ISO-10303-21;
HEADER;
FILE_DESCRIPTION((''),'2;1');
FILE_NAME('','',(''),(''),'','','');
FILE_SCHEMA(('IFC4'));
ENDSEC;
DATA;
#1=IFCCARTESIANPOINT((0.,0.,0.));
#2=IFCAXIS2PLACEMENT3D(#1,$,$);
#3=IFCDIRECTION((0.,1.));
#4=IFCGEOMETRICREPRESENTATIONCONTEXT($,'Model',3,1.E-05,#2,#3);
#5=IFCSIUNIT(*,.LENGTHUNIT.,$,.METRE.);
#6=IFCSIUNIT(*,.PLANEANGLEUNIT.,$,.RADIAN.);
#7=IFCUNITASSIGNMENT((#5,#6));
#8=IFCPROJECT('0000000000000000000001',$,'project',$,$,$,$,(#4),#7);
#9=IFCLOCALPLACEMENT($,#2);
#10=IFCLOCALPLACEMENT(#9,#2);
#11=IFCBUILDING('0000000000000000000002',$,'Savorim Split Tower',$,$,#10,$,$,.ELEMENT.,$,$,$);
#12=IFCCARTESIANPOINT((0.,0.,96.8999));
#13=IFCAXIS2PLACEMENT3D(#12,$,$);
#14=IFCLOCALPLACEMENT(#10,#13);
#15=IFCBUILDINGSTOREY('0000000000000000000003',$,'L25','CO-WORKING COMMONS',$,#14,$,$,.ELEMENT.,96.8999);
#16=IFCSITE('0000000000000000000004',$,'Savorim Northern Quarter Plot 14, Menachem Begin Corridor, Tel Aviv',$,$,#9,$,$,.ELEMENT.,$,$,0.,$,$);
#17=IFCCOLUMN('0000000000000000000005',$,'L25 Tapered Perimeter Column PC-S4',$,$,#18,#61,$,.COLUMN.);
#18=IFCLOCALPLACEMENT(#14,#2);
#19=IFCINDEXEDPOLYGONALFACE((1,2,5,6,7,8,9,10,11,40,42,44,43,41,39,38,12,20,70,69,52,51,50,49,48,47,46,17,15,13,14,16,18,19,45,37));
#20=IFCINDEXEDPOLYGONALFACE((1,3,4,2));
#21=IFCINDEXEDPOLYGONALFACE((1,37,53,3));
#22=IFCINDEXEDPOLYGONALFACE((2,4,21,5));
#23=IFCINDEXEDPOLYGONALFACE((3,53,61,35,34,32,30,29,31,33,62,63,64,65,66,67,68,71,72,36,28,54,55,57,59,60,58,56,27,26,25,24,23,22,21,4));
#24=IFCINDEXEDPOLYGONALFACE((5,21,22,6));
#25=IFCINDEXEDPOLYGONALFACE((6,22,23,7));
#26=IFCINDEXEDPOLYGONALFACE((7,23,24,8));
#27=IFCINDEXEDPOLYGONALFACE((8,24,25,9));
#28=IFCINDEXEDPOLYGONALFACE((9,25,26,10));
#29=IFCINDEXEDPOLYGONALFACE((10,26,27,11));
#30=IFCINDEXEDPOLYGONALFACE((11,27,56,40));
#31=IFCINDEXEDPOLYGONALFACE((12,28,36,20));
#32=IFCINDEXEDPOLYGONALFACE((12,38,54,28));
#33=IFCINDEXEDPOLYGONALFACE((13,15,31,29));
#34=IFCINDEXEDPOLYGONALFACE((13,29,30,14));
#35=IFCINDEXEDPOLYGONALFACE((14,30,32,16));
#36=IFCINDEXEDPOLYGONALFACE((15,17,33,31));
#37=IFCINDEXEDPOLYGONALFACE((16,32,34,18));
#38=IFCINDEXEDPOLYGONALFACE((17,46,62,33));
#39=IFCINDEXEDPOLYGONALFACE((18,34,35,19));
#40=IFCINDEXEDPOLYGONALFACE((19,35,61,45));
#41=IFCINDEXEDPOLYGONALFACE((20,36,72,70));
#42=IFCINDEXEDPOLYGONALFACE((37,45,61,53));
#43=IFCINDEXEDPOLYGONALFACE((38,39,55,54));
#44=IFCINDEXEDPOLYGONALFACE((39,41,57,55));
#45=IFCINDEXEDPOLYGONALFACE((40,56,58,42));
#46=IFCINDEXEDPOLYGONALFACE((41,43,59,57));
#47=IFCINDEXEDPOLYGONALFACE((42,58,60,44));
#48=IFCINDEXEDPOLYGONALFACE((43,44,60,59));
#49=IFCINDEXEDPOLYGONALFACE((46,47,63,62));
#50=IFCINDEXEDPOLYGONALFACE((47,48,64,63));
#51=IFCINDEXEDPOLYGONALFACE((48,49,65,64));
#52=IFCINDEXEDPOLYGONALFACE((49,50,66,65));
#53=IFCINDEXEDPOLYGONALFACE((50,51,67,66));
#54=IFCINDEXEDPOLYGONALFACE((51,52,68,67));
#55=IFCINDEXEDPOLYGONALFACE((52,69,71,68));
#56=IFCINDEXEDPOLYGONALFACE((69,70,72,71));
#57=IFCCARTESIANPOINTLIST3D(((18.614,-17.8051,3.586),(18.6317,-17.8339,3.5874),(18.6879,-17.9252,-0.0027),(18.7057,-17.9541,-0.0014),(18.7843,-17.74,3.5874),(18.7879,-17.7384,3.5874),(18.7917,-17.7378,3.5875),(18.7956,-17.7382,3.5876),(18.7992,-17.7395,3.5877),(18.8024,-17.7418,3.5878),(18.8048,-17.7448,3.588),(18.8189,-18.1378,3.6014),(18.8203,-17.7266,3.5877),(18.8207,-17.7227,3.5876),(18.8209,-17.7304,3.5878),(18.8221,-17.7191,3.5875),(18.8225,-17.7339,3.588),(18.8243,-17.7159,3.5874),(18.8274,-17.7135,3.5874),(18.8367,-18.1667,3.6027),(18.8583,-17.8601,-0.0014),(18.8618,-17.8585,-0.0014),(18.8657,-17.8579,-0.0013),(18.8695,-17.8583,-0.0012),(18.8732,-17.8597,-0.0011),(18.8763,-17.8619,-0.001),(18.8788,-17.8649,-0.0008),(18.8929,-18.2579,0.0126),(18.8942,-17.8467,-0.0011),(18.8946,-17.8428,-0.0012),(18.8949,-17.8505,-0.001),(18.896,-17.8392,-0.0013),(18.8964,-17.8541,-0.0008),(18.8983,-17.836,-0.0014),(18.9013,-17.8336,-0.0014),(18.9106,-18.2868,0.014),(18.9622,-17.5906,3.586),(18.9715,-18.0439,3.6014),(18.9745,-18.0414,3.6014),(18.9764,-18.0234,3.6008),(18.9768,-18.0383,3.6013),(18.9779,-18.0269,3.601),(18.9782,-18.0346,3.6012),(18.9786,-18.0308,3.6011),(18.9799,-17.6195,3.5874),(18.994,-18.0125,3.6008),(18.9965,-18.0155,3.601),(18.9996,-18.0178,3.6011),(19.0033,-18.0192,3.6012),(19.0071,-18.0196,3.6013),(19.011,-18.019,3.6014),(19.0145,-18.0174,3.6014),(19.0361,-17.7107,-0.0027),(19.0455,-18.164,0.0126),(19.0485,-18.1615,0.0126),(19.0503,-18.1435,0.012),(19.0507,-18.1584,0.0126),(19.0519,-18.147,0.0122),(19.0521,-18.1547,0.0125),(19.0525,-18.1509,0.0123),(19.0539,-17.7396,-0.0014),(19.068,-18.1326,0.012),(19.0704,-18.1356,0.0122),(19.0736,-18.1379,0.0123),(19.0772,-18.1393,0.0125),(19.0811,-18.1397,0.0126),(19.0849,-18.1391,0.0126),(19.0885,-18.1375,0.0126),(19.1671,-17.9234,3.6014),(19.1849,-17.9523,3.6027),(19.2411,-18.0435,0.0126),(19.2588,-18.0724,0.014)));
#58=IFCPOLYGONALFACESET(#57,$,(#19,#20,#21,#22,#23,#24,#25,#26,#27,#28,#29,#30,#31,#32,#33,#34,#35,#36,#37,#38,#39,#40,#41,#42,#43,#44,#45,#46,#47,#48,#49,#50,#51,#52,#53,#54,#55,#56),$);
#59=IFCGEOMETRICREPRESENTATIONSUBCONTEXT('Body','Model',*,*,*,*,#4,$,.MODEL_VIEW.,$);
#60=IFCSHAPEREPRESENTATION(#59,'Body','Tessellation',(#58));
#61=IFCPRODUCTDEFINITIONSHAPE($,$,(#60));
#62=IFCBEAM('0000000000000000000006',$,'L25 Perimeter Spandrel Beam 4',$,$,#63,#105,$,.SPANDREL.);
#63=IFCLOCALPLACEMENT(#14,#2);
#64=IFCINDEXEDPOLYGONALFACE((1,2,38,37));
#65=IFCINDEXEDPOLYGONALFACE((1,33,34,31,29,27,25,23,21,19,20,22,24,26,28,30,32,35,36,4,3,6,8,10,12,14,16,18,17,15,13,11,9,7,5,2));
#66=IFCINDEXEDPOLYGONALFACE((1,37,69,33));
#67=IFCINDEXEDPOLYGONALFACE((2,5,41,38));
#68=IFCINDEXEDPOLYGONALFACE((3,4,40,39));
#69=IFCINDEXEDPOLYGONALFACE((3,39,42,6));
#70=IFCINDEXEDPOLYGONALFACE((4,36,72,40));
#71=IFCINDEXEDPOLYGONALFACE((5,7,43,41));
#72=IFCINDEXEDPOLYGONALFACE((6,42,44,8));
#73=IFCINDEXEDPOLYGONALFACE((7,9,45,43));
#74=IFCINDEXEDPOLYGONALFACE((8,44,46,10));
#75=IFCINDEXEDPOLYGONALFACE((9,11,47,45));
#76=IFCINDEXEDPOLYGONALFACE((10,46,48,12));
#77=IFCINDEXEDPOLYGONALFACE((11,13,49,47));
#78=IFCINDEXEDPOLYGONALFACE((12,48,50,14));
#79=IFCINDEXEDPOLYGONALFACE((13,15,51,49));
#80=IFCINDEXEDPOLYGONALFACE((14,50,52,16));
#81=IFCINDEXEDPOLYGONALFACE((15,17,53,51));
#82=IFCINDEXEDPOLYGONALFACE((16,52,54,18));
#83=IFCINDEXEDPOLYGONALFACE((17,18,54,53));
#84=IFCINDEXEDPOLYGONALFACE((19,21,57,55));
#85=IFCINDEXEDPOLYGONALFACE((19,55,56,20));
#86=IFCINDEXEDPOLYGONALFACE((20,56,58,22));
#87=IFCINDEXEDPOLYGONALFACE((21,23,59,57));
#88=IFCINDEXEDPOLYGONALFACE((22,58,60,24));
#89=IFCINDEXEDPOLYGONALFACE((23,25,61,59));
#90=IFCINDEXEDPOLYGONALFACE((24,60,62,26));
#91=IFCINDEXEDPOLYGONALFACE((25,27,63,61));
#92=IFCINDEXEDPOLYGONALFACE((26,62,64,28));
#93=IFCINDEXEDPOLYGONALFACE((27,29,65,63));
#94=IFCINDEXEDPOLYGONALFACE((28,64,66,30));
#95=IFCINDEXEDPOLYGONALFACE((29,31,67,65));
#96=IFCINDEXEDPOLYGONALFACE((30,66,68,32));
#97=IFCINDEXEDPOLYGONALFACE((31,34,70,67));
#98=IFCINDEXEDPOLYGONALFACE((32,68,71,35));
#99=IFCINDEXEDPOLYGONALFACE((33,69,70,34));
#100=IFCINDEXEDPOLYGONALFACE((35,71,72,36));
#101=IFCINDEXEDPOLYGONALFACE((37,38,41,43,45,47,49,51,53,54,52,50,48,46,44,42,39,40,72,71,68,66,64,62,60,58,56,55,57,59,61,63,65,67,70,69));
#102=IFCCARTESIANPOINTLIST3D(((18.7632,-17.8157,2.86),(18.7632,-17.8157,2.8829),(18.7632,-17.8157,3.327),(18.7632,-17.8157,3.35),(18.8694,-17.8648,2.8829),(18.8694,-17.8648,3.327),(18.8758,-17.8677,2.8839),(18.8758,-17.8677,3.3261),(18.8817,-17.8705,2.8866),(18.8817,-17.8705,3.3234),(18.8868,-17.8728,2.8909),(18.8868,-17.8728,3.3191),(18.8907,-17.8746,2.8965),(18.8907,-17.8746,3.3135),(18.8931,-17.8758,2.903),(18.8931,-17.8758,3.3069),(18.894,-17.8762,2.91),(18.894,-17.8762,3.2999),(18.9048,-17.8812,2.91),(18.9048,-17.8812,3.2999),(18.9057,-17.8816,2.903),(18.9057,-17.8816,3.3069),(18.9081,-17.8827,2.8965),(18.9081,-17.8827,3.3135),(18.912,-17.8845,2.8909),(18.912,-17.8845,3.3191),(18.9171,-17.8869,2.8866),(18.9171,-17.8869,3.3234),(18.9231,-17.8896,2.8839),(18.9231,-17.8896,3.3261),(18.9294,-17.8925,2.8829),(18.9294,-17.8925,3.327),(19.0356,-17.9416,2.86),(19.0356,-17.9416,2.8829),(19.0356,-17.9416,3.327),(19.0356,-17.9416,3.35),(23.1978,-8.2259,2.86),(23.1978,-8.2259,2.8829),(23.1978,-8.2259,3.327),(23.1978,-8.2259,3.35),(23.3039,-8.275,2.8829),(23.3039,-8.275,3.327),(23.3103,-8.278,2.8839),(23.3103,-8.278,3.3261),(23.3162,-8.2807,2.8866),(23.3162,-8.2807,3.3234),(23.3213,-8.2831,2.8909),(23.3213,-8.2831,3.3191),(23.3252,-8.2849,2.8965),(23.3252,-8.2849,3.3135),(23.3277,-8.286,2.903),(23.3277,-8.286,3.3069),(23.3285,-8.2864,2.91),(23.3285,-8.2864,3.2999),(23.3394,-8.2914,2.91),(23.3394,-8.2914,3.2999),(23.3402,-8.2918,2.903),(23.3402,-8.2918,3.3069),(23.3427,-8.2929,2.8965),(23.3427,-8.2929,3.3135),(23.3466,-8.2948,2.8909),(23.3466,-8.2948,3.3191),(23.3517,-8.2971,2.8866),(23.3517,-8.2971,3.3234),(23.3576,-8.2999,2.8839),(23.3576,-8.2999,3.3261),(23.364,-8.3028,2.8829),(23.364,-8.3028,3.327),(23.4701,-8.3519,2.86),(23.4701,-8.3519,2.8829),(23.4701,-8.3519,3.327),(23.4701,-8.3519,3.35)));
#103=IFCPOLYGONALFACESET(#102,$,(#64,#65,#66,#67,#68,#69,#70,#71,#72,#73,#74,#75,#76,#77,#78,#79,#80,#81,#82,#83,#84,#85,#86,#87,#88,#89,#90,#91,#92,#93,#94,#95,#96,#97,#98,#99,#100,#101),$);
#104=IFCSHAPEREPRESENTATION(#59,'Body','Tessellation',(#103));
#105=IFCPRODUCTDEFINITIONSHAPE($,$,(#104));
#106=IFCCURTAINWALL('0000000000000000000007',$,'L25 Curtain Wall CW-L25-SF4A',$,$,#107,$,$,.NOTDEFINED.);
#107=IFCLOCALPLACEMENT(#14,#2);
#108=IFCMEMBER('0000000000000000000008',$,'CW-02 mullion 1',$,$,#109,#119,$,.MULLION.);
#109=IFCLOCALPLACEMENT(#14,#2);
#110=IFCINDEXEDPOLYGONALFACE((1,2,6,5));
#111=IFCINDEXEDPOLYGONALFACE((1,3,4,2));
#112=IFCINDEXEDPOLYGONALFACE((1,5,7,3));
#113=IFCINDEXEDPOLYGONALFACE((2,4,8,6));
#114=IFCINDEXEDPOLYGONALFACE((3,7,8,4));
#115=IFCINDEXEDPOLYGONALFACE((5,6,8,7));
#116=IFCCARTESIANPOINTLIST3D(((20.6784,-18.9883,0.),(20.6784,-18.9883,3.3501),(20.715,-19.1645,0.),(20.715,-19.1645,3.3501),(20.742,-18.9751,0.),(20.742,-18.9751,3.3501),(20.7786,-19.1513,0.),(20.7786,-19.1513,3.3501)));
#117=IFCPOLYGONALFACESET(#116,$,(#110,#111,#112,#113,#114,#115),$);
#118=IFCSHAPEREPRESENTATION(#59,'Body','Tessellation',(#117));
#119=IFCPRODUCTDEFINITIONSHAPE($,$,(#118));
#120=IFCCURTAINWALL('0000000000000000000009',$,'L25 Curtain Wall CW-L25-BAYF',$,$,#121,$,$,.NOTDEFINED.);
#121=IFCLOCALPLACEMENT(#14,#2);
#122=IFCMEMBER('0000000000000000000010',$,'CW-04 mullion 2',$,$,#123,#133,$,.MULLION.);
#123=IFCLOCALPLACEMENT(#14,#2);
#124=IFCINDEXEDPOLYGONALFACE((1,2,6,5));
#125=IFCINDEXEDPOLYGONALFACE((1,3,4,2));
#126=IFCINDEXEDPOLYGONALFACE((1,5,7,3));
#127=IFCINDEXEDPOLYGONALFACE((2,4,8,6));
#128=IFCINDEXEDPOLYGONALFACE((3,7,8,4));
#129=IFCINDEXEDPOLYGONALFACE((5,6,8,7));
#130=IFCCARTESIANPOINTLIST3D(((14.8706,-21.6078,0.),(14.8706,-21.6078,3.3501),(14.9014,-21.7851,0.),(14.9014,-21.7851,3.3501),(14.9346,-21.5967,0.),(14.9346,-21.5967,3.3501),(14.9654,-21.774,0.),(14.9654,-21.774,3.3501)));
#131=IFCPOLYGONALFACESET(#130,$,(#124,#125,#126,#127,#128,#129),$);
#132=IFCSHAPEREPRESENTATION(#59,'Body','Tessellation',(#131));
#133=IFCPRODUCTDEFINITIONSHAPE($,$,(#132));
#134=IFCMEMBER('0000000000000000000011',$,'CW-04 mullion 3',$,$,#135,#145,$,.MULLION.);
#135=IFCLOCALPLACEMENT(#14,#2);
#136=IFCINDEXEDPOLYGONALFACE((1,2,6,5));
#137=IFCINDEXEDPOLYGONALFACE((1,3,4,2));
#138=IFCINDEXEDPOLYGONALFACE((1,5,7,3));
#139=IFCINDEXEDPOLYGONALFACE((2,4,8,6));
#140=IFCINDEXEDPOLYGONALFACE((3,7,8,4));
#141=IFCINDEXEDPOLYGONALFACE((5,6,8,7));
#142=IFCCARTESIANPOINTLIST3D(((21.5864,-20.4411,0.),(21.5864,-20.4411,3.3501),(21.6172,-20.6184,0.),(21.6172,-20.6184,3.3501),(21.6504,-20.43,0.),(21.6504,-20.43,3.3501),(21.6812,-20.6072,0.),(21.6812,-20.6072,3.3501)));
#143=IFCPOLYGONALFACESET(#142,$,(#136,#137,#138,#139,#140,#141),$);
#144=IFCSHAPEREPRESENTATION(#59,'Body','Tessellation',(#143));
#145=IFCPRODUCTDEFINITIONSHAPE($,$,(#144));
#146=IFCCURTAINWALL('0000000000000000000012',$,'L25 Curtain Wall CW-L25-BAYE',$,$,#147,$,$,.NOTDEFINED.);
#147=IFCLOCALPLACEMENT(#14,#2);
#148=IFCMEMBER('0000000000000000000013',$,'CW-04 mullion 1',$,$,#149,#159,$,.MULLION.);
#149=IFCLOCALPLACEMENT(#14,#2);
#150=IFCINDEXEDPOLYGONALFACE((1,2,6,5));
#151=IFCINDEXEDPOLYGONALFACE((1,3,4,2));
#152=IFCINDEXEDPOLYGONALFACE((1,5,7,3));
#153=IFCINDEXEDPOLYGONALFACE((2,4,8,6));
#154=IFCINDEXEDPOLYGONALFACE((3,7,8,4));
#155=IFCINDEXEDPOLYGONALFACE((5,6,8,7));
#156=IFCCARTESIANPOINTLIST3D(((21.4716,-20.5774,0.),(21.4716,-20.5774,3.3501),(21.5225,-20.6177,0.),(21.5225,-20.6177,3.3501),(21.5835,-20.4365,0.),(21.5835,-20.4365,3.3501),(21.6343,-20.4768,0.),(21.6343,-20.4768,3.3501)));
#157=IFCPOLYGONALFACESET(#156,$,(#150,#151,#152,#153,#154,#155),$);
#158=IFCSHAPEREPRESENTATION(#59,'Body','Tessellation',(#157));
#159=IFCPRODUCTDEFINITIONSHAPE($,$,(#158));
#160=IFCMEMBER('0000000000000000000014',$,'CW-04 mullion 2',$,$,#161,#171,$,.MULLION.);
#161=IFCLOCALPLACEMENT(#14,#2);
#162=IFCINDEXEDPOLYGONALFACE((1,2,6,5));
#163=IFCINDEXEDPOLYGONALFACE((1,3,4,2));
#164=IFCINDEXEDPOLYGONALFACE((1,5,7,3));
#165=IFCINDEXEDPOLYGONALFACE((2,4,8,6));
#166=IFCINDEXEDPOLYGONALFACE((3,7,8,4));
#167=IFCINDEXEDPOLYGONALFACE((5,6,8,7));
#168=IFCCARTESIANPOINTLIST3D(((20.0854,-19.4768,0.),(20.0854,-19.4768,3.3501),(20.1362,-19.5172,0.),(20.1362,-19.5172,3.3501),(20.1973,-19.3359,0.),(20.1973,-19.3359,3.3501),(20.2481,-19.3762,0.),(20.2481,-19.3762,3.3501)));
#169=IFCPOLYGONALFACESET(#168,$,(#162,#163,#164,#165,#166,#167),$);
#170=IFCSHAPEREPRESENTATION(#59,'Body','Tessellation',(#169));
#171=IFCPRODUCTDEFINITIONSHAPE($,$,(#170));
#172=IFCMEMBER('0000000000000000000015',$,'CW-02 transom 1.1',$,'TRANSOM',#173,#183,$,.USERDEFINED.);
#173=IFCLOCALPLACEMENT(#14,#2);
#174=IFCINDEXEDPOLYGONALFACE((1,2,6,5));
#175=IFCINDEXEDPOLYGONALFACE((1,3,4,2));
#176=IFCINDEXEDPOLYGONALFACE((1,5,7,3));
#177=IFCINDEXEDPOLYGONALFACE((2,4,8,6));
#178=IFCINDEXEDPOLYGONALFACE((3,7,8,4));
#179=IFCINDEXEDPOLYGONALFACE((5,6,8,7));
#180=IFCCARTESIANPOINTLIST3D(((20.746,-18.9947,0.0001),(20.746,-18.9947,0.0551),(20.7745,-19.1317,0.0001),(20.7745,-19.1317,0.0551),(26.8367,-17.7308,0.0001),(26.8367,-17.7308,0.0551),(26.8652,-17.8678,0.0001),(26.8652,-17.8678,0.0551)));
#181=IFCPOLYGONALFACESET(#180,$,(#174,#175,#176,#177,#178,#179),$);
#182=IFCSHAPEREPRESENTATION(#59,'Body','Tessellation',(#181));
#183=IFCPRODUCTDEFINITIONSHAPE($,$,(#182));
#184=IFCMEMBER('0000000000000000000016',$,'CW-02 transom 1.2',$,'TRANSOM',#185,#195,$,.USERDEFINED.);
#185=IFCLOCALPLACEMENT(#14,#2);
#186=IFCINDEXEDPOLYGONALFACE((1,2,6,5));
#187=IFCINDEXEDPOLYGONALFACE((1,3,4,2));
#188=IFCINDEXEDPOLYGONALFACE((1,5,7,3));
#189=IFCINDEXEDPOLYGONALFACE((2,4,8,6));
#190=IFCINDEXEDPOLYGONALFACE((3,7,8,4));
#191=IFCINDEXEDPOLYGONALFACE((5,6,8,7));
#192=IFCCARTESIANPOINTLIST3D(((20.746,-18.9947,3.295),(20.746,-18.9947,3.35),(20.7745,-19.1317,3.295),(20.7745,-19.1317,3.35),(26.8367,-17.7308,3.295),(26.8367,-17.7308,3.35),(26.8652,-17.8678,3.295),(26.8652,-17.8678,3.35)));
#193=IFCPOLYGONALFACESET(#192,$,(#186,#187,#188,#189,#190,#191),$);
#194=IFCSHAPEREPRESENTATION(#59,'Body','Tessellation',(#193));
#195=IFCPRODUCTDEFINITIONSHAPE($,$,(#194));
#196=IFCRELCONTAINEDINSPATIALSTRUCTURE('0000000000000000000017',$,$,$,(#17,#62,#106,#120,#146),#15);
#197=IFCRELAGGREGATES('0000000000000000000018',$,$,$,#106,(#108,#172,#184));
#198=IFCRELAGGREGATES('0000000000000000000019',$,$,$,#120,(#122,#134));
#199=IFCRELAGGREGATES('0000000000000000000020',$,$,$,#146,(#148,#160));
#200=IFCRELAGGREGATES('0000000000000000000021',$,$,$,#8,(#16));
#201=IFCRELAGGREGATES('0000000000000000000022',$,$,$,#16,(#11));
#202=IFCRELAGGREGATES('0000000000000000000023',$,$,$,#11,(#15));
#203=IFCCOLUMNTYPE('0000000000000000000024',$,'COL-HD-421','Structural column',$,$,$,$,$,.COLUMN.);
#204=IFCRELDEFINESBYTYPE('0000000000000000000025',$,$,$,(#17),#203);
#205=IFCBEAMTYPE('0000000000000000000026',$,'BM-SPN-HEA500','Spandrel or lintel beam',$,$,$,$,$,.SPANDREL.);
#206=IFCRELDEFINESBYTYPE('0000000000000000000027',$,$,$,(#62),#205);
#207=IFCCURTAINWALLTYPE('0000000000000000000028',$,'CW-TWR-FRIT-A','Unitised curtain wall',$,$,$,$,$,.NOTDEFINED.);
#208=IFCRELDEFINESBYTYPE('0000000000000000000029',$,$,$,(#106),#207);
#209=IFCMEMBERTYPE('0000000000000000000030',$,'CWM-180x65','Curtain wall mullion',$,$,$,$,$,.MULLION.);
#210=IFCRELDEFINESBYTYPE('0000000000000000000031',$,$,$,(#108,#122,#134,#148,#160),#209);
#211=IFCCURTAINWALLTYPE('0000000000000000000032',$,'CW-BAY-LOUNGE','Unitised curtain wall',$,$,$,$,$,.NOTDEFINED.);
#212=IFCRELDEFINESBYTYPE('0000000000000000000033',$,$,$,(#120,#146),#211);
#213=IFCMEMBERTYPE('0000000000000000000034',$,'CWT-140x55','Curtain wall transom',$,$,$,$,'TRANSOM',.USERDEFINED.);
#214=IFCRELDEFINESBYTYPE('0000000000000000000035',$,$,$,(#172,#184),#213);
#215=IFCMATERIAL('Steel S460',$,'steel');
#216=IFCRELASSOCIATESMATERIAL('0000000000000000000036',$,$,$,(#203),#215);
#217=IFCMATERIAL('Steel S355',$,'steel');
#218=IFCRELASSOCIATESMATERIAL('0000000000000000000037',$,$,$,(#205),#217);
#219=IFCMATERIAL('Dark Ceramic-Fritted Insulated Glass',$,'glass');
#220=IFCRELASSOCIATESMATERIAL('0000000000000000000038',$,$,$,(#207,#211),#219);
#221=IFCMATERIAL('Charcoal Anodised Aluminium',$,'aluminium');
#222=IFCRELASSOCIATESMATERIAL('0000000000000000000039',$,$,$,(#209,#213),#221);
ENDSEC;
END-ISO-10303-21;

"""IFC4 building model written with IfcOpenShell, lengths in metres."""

from ifc_helpers import new_model, si_unit, direction, frame, origin, origin_2d, place, context, subcontext, project, spatial, rectangle, i_section, extrude, material, material_profile, profile_set, type_object, element, aggregate, save


model = new_model("IFC4")

# Units and contexts
model_context = context("Model", 3, precision=1e-05, world=origin(), true_north=direction((0.0, 1.0)))
body_context = subcontext(model_context, "Body", "Model", "MODEL_VIEW")
ifc_project = project(units=[si_unit("LENGTHUNIT", "METRE"), si_unit("PLANEANGLEUNIT", "RADIAN")], contexts=[model_context])

# Site, building, storey
site_placement = place(None, origin())
site = spatial("IfcSite", under=ifc_project, at=site_placement, Name="Savorim Northern Quarter Plot 14, Menachem Begin Corridor, Tel Aviv", CompositionType="ELEMENT", RefElevation=0.0)
building_placement = place(site_placement, origin())
building = spatial("IfcBuilding", under=site, at=building_placement, Name="Savorim Split Tower", CompositionType="ELEMENT")
storey_placement = place(building_placement, frame((0.0, 0.0, 96.8999)))
storey = spatial("IfcBuildingStorey", under=building, at=storey_placement, Name="L25", Description="CO-WORKING COMMONS", CompositionType="ELEMENT", Elevation=96.8999)

# Column
ifc_material_1 = material(Name="Steel S460", Category="steel")
ifc_material_profile_1 = material_profile(ifc_material_1, i_section(OverallWidth=0.4089, OverallDepth=0.425, WebThickness=0.0208, FlangeThickness=0.0339, FilletRadius=0.0149, at=origin_2d()), Name="HD 400x421")
ifc_profile_set_1 = profile_set([ifc_material_profile_1], Name="Steel S460")
column_type = type_object("IfcColumnType", Name="COL-HD-421", Description="Structural column", PredefinedType="COLUMN", material=ifc_profile_set_1)
column_placement = place(storey_placement, frame((18.9734, -17.9988, 0.0056), z_axis=(-0.020596, 0.033444, 0.999228), x_axis=(-0.85148, -0.524387, 0.0)))
element("IfcColumn", 1, at=column_placement, inside=storey, type_object=column_type, Name="L25 Tapered Perimeter Column PC-S4", PredefinedType="COLUMN", context=body_context, shape_type="SweptSolid", body=[
    extrude(i_section(OverallWidth=0.4089, OverallDepth=0.425, WebThickness=0.0208, FlangeThickness=0.0339, FilletRadius=0.0149, at=origin_2d()), origin(), (0.0, 0.0, 1.0), 3.5916),
])

# Beam
ifc_material_2 = material(Name="Steel S355", Category="steel")
ifc_material_profile_2 = material_profile(ifc_material_2, i_section(OverallWidth=0.3, OverallDepth=0.49, WebThickness=0.012, FlangeThickness=0.0229, FilletRadius=0.0271, at=origin_2d()), Name="HEA 500")
ifc_profile_set_2 = profile_set([ifc_material_profile_2], Name="Steel S355")
beam_type = type_object("IfcBeamType", Name="BM-SPN-HEA500", Description="Spandrel or lintel beam", PredefinedType="SPANDREL", material=ifc_profile_set_2)
beam_placement = place(storey_placement, frame((18.8994, -17.8787, 3.105), z_axis=(0.41972, 0.907653, 0.0), x_axis=(-0.907653, 0.41972, 0.0)))
element("IfcBeam", 2, at=beam_placement, inside=storey, type_object=beam_type, Name="L25 Perimeter Spandrel Beam 4", PredefinedType="SPANDREL", context=body_context, shape_type="SweptSolid", body=[
    extrude(i_section(OverallWidth=0.3, OverallDepth=0.49, WebThickness=0.012, FlangeThickness=0.0229, FilletRadius=0.0271, at=origin_2d()), origin(), (0.0, 0.0, 1.0), 10.5654),
])

# Curtain wall, member
ifc_material_3 = material(Name="Dark Ceramic-Fritted Insulated Glass", Category="glass")
curtain_wall_type_1 = type_object("IfcCurtainWallType", Name="CW-TWR-FRIT-A", Description="Unitised curtain wall", PredefinedType="NOTDEFINED", material=ifc_material_3)
curtain_wall_1_placement = place(storey_placement, origin())
curtain_wall_1 = element("IfcCurtainWall", 3, at=curtain_wall_1_placement, inside=storey, type_object=curtain_wall_type_1, Name="L25 Curtain Wall CW-L25-SF4A", PredefinedType="NOTDEFINED")
ifc_material_4 = material(Name="Charcoal Anodised Aluminium", Category="aluminium")
ifc_material_profile_3 = material_profile(ifc_material_4, rectangle(XDim=0.1799, YDim=0.0649, at=origin_2d()), Name="ALU-M 180x65")
ifc_profile_set_3 = profile_set([ifc_material_profile_3], Name="Charcoal Anodised Aluminium")
member_type_1 = type_object("IfcMemberType", Name="CWM-180x65", Description="Curtain wall mullion", PredefinedType="MULLION", material=ifc_profile_set_3)
member_1_placement = place(storey_placement, frame((20.7285, -19.0698, 0.0), z_axis=(0.0, 0.0, 1.0), x_axis=(-0.203218, 0.979133, 0.0)))
member_1 = element("IfcMember", 4, at=member_1_placement, type_object=member_type_1, Name="CW-02 mullion 1", PredefinedType="MULLION", context=body_context, shape_type="SweptSolid", body=[
    extrude(rectangle(XDim=0.1799, YDim=0.0649, at=origin_2d()), origin(), (0.0, 0.0, 1.0), 3.3501),
])

# Curtain walls, members
curtain_wall_type_2 = type_object("IfcCurtainWallType", Name="CW-BAY-LOUNGE", Description="Unitised curtain wall", PredefinedType="NOTDEFINED", material=ifc_material_3)
curtain_wall_2_placement = place(storey_placement, origin())
curtain_wall_2 = element("IfcCurtainWall", 5, at=curtain_wall_2_placement, inside=storey, type_object=curtain_wall_type_2, Name="L25 Curtain Wall CW-L25-BAYF", PredefinedType="NOTDEFINED")
member_2_placement = place(storey_placement, frame((14.918, -21.6909, 0.0), z_axis=(0.0, 0.0, 1.0), x_axis=(-0.171191, 0.985238, 0.0)))
member_2 = element("IfcMember", 6, at=member_2_placement, type_object=member_type_1, Name="CW-04 mullion 2", PredefinedType="MULLION", context=body_context, shape_type="SweptSolid", body=[
    extrude(rectangle(XDim=0.1799, YDim=0.0649, at=origin_2d()), origin(), (0.0, 0.0, 1.0), 3.3501),
])
member_3_placement = place(storey_placement, frame((21.6338, -20.5242, 0.0), z_axis=(0.0, 0.0, 1.0), x_axis=(-0.171191, 0.985238, 0.0)))
member_3 = element("IfcMember", 7, at=member_3_placement, type_object=member_type_1, Name="CW-04 mullion 3", PredefinedType="MULLION", context=body_context, shape_type="SweptSolid", body=[
    extrude(rectangle(XDim=0.1799, YDim=0.0649, at=origin_2d()), origin(), (0.0, 0.0, 1.0), 3.3501),
])
curtain_wall_3_placement = place(storey_placement, origin())
curtain_wall_3 = element("IfcCurtainWall", 8, at=curtain_wall_3_placement, inside=storey, type_object=curtain_wall_type_2, Name="L25 Curtain Wall CW-L25-BAYE", PredefinedType="NOTDEFINED")
member_4_placement = place(storey_placement, frame((21.553, -20.5271, 0.0), z_axis=(0.0, 0.0, 1.0), x_axis=(-0.621806, -0.783171, 0.0)))
member_4 = element("IfcMember", 9, at=member_4_placement, type_object=member_type_1, Name="CW-04 mullion 1", PredefinedType="MULLION", context=body_context, shape_type="SweptSolid", body=[
    extrude(rectangle(XDim=0.1799, YDim=0.0649, at=origin_2d()), origin(), (0.0, 0.0, 1.0), 3.3501),
])
member_5_placement = place(storey_placement, frame((20.1667, -19.4265, 0.0), z_axis=(0.0, 0.0, 1.0), x_axis=(-0.621806, -0.783171, 0.0)))
member_5 = element("IfcMember", 10, at=member_5_placement, type_object=member_type_1, Name="CW-04 mullion 2", PredefinedType="MULLION", context=body_context, shape_type="SweptSolid", body=[
    extrude(rectangle(XDim=0.1799, YDim=0.0649, at=origin_2d()), origin(), (0.0, 0.0, 1.0), 3.3501),
])

# Members
ifc_material_profile_4 = material_profile(ifc_material_4, rectangle(XDim=0.1399, YDim=0.0549, at=origin_2d()), Name="ALU-T 140x55")
ifc_profile_set_4 = profile_set([ifc_material_profile_4], Name="Charcoal Anodised Aluminium")
member_type_2 = type_object("IfcMemberType", Name="CWT-140x55", Description="Curtain wall transom", ElementType="TRANSOM", PredefinedType="USERDEFINED", material=ifc_profile_set_4)
member_6_placement = place(storey_placement, frame((20.7603, -19.0632, 0.0276), z_axis=(0.979139, 0.203191, 0.0), x_axis=(-0.203191, 0.979139, 0.0)))
member_6 = element("IfcMember", 11, at=member_6_placement, type_object=member_type_2, Name="CW-02 transom 1.1", ObjectType="TRANSOM", PredefinedType="USERDEFINED", context=body_context, shape_type="SweptSolid", body=[
    extrude(rectangle(XDim=0.1399, YDim=0.0549, at=origin_2d()), origin(), (0.0, 0.0, 1.0), 6.2205),
])
member_7_placement = place(storey_placement, frame((20.7603, -19.0632, 3.3225), z_axis=(0.979139, 0.203191, 0.0), x_axis=(-0.203191, 0.979139, 0.0)))
member_7 = element("IfcMember", 12, at=member_7_placement, type_object=member_type_2, Name="CW-02 transom 1.2", ObjectType="TRANSOM", PredefinedType="USERDEFINED", context=body_context, shape_type="SweptSolid", body=[
    extrude(rectangle(XDim=0.1399, YDim=0.0549, at=origin_2d()), origin(), (0.0, 0.0, 1.0), 6.2205),
])

aggregate(curtain_wall_1, [member_1, member_6, member_7])
aggregate(curtain_wall_2, [member_2, member_3])
aggregate(curtain_wall_3, [member_4, member_5])

save(model, "model.ifc")
